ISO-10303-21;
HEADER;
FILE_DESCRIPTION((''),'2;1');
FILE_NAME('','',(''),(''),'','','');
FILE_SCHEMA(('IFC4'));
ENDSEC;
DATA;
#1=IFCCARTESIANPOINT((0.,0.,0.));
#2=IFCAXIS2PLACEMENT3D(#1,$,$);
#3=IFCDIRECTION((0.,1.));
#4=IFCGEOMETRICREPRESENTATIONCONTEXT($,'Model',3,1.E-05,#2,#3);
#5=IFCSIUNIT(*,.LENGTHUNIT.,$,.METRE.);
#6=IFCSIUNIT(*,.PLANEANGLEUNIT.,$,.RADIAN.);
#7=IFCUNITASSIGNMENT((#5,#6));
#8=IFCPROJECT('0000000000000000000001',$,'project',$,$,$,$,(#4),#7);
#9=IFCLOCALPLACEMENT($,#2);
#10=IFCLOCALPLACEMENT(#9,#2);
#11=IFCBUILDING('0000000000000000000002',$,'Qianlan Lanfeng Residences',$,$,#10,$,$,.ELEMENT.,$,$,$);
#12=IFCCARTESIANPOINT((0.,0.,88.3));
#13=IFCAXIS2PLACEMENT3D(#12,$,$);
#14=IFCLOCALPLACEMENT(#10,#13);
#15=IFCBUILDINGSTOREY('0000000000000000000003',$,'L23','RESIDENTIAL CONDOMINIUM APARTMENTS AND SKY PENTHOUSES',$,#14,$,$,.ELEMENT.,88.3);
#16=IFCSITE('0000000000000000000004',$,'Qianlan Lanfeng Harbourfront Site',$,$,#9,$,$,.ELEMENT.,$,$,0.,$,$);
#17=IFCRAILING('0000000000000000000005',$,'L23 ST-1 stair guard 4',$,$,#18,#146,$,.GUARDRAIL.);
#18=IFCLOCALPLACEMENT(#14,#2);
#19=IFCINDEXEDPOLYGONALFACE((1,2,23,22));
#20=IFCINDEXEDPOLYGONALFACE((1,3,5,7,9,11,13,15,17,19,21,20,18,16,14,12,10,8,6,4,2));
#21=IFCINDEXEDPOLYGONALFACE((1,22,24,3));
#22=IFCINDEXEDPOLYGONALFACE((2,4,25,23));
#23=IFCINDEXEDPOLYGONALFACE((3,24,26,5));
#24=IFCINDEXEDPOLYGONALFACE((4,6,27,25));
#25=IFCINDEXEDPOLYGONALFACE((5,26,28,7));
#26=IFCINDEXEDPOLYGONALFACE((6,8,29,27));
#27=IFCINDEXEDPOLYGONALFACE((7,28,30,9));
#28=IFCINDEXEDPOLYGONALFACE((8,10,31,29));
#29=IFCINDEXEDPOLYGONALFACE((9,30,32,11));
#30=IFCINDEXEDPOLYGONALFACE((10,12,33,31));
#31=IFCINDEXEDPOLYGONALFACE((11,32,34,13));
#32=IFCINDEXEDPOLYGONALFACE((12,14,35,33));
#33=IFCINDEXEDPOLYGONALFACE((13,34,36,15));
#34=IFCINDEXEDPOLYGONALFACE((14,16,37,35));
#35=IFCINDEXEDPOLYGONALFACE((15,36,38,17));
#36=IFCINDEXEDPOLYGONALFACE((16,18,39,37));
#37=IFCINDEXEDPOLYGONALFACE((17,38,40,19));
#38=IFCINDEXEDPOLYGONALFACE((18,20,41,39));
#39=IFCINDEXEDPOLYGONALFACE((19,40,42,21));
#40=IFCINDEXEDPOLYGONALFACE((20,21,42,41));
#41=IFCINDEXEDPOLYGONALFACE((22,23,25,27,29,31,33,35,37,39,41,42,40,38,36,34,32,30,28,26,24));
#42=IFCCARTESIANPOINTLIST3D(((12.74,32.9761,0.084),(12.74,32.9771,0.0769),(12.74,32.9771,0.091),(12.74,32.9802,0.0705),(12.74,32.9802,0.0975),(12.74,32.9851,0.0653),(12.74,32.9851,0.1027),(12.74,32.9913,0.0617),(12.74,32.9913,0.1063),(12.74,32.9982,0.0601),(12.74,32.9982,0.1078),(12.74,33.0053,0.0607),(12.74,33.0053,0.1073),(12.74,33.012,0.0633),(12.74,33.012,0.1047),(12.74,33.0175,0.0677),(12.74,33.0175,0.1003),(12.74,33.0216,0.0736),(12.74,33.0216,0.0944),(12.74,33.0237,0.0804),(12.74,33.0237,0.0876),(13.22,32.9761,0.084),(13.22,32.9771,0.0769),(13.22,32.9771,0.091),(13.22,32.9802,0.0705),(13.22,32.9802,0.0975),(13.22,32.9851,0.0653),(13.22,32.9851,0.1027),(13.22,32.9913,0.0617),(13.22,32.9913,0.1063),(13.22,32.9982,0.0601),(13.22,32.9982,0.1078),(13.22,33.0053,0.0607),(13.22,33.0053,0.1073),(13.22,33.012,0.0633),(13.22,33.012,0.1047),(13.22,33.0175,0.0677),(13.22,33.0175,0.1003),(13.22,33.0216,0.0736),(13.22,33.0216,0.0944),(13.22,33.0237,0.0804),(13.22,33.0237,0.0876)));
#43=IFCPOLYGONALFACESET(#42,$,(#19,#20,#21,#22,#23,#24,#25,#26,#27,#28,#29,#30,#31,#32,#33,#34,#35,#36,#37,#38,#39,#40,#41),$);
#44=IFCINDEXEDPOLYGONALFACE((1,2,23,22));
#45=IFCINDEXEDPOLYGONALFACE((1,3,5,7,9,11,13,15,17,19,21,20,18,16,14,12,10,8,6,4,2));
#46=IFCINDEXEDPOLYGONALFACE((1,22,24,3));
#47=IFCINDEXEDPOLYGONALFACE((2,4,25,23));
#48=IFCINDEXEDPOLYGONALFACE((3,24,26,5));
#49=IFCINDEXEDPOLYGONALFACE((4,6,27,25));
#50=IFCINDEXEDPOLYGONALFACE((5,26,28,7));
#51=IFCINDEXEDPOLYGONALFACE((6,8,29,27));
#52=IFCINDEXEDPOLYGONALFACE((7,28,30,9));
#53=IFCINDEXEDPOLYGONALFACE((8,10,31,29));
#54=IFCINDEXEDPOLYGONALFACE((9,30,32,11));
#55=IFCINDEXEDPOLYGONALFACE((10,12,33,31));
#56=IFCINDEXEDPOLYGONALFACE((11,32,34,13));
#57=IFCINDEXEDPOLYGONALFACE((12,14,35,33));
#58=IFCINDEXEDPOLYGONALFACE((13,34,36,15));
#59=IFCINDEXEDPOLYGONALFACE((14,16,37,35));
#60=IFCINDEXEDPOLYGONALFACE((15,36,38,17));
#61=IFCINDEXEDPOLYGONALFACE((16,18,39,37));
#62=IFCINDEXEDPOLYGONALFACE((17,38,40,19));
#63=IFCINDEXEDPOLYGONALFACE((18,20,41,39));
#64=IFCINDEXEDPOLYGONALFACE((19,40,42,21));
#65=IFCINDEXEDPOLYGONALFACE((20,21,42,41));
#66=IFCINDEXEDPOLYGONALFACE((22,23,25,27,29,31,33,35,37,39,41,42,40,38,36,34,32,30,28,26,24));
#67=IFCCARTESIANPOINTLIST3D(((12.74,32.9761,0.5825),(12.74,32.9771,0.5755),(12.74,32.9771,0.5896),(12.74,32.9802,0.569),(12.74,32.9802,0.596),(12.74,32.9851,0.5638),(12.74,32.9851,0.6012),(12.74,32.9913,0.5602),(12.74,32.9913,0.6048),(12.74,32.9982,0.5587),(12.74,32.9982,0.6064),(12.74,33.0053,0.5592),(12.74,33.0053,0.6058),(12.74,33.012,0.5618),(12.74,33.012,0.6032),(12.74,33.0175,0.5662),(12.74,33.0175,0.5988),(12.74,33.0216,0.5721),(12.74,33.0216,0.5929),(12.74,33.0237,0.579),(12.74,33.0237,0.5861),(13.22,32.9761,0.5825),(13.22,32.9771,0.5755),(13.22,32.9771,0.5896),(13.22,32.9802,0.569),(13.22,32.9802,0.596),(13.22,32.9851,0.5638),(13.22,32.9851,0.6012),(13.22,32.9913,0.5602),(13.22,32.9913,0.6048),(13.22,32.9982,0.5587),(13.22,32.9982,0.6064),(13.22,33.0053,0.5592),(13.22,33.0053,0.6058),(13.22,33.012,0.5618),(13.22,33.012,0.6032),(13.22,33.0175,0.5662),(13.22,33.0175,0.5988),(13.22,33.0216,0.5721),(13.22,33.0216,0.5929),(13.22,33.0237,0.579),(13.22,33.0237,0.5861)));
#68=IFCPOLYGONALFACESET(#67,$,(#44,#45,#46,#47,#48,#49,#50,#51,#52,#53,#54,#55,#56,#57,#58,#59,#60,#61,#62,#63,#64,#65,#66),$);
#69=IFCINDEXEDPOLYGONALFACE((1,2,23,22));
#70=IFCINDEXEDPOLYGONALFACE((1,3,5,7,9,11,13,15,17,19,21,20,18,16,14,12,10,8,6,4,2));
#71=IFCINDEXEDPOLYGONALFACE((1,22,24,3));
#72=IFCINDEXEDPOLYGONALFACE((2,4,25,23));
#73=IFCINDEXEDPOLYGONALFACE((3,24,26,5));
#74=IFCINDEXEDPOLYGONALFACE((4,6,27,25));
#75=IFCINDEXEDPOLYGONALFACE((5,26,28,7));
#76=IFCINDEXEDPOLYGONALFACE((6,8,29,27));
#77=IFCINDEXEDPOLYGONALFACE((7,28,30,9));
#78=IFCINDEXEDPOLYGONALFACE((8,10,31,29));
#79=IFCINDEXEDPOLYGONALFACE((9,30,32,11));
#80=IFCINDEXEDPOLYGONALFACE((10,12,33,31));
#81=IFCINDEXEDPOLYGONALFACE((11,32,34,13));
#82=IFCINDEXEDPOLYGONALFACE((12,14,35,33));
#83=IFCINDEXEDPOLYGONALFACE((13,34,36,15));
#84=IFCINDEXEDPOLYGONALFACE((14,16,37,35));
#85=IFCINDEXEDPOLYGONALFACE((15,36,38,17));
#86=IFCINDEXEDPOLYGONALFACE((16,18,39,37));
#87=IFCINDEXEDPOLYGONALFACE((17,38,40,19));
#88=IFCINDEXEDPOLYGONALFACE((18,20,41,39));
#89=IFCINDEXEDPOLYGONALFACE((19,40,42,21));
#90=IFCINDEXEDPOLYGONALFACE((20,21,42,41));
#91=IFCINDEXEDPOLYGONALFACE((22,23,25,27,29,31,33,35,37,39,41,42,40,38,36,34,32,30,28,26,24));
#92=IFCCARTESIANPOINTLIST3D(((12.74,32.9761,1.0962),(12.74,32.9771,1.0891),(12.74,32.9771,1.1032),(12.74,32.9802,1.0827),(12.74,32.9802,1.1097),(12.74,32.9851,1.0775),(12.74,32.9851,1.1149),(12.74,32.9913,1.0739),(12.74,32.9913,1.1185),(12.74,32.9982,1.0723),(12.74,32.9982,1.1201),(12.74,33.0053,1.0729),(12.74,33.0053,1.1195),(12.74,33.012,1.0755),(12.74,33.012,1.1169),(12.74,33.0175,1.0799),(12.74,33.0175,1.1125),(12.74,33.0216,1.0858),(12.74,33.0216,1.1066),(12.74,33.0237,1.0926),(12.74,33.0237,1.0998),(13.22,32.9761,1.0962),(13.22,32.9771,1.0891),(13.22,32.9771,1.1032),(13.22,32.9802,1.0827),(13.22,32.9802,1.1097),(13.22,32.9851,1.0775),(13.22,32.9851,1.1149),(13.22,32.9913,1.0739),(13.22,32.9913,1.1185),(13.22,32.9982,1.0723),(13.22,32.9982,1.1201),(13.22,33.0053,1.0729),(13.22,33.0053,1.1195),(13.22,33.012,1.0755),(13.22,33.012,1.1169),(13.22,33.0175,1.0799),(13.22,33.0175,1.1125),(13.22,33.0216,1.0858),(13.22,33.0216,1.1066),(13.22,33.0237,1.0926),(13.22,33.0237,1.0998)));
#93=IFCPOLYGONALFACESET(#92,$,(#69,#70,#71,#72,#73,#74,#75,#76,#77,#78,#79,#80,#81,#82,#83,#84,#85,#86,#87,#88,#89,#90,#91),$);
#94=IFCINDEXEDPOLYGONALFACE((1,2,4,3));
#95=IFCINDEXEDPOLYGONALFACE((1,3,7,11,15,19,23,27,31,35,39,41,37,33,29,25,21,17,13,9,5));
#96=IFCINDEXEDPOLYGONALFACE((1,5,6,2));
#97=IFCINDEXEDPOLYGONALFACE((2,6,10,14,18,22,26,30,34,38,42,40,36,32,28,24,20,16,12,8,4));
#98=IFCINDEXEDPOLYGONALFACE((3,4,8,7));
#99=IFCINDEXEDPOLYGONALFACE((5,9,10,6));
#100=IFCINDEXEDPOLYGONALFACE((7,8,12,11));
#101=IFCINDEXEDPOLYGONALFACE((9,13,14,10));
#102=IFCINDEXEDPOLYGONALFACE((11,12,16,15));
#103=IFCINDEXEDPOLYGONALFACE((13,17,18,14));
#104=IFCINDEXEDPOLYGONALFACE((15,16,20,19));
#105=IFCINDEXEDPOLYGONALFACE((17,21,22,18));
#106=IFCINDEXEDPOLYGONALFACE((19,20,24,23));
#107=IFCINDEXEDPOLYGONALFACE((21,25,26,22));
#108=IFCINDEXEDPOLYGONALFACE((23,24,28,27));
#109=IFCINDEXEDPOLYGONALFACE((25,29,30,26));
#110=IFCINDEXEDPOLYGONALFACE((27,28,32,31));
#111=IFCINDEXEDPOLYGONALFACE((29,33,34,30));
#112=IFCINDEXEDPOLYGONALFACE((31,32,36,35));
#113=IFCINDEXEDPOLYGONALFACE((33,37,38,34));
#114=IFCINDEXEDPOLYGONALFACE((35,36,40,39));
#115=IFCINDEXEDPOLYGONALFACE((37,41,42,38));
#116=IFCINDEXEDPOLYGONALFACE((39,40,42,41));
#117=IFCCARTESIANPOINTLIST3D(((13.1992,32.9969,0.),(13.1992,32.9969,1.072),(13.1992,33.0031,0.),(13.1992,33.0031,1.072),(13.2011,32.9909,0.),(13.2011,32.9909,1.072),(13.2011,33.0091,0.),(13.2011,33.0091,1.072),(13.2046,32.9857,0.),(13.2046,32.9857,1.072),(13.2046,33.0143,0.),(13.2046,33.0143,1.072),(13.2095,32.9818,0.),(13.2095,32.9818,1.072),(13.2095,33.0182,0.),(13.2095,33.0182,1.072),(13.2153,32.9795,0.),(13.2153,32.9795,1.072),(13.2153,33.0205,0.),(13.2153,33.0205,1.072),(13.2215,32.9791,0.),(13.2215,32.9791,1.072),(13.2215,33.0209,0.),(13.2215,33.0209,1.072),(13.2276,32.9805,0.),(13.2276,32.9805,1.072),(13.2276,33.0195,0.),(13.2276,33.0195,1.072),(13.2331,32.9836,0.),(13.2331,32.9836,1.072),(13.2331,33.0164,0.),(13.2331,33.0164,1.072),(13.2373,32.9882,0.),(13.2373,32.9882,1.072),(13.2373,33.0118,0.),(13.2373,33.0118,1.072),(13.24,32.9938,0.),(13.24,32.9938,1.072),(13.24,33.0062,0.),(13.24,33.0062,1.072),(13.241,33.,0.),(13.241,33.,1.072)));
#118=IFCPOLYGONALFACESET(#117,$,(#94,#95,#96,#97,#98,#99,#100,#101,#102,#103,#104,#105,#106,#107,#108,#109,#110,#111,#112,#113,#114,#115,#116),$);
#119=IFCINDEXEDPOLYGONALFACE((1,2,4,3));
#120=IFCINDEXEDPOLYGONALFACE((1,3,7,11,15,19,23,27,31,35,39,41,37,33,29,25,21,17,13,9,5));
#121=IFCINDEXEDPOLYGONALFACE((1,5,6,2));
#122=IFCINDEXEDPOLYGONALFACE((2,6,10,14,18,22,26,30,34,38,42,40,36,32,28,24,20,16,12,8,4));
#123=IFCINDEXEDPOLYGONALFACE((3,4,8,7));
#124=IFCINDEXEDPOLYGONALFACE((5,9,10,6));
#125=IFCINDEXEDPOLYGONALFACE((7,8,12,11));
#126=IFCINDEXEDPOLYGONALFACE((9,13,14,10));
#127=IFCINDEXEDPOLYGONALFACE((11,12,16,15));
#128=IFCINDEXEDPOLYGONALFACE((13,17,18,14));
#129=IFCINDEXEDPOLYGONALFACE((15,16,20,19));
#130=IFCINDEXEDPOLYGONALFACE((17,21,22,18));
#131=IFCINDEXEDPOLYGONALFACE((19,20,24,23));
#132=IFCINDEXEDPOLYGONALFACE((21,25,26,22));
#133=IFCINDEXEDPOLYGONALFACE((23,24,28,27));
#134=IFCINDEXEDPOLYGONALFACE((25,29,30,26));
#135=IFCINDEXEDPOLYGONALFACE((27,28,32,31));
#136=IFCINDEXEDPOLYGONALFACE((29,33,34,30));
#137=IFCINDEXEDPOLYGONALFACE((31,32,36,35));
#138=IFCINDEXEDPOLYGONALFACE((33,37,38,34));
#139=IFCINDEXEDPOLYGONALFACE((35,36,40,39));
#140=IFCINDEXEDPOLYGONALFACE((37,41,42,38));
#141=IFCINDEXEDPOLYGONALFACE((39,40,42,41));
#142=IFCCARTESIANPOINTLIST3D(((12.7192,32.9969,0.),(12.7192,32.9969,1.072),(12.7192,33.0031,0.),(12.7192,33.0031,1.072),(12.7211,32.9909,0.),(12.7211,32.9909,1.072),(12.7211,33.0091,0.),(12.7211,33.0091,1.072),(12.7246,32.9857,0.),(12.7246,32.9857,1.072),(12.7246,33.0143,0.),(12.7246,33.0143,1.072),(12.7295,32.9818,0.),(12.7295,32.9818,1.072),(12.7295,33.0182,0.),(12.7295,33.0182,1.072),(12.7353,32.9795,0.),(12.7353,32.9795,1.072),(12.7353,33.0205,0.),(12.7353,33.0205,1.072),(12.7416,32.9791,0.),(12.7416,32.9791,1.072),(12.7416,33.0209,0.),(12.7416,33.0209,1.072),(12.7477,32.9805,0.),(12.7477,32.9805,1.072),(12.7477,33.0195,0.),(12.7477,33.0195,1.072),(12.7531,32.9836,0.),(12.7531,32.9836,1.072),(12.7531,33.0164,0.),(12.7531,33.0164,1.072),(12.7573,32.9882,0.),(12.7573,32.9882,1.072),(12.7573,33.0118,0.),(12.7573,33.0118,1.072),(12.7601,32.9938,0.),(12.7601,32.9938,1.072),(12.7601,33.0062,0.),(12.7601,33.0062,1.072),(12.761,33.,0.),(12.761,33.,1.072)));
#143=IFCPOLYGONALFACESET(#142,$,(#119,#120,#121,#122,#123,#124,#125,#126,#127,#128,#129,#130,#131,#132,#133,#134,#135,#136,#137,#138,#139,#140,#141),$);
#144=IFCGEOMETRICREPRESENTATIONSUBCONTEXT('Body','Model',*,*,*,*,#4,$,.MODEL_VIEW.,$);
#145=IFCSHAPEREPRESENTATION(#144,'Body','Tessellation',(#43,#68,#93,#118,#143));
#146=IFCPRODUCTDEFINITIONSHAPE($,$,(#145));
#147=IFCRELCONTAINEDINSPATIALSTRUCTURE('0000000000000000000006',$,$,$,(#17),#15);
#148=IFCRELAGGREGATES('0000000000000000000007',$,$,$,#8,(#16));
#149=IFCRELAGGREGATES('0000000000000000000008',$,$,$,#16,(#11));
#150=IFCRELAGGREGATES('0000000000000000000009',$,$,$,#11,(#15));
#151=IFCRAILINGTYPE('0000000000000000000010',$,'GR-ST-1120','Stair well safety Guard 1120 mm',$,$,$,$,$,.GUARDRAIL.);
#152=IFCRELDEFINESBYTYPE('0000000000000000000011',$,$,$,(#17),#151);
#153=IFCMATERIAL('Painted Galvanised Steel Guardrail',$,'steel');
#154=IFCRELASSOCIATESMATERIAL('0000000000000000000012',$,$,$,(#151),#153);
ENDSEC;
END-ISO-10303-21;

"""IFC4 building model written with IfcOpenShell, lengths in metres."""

from ifc_helpers import new_model, si_unit, direction, frame, origin, origin_2d, place, context, subcontext, project, spatial, circle, extrude, material, type_object, element, save


model = new_model("IFC4")

# Units and contexts
model_context = context("Model", 3, precision=1e-05, world=origin(), true_north=direction((0.0, 1.0)))
body_context = subcontext(model_context, "Body", "Model", "MODEL_VIEW")
ifc_project = project(units=[si_unit("LENGTHUNIT", "METRE"), si_unit("PLANEANGLEUNIT", "RADIAN")], contexts=[model_context])

# Site, building, storey
site_placement = place(None, origin())
site = spatial("IfcSite", under=ifc_project, at=site_placement, Name="Qianlan Lanfeng Harbourfront Site", CompositionType="ELEMENT", RefElevation=0.0)
building_placement = place(site_placement, origin())
building = spatial("IfcBuilding", under=site, at=building_placement, Name="Qianlan Lanfeng Residences", CompositionType="ELEMENT")
storey_placement = place(building_placement, frame((0.0, 0.0, 88.3)))
storey = spatial("IfcBuildingStorey", under=building, at=storey_placement, Name="L23", Description="RESIDENTIAL CONDOMINIUM APARTMENTS AND SKY PENTHOUSES", CompositionType="ELEMENT", Elevation=88.3)

# Railing
ifc_material_1 = material(Name="Painted Galvanised Steel Guardrail", Category="steel")
railing_type_1 = type_object("IfcRailingType", Name="GR-ST-1120", Description="Stair well safety Guard 1120 mm", PredefinedType="GUARDRAIL", material=ifc_material_1)
railing_1_placement = place(storey_placement, frame((13.22, 33.0, 0.0)))
element("IfcRailing", 1, at=railing_1_placement, inside=storey, type_object=railing_type_1, Name="L23 ST-1 stair guard 4", PredefinedType="GUARDRAIL", context=body_context, shape_type="SweptSolid", body=[
    extrude(circle(Radius=0.0239, at=origin_2d()), frame((0.0, 0.0, 0.084), z_axis=(-1.0, 0.0, 0.0), x_axis=(0.0, -1.0, 0.0)), (0.0, 0.0, 1.0), 0.48),
    extrude(circle(Radius=0.0239, at=origin_2d()), frame((0.0, 0.0, 0.5825), z_axis=(-1.0, 0.0, 0.0), x_axis=(0.0, -1.0, 0.0)), (0.0, 0.0, 1.0), 0.48),
    extrude(circle(Radius=0.0239, at=origin_2d()), frame((0.0, 0.0, 1.0962), z_axis=(-1.0, 0.0, 0.0), x_axis=(0.0, -1.0, 0.0)), (0.0, 0.0, 1.0), 0.48),
    extrude(circle(Radius=0.021, at=origin_2d()), origin(), (0.0, 0.0, 1.0), 1.072),
    extrude(circle(Radius=0.021, at=origin_2d()), frame((-0.48, 0.0, 0.0)), (0.0, 0.0, 1.0), 1.072),
])

save(model, "model.ifc")
